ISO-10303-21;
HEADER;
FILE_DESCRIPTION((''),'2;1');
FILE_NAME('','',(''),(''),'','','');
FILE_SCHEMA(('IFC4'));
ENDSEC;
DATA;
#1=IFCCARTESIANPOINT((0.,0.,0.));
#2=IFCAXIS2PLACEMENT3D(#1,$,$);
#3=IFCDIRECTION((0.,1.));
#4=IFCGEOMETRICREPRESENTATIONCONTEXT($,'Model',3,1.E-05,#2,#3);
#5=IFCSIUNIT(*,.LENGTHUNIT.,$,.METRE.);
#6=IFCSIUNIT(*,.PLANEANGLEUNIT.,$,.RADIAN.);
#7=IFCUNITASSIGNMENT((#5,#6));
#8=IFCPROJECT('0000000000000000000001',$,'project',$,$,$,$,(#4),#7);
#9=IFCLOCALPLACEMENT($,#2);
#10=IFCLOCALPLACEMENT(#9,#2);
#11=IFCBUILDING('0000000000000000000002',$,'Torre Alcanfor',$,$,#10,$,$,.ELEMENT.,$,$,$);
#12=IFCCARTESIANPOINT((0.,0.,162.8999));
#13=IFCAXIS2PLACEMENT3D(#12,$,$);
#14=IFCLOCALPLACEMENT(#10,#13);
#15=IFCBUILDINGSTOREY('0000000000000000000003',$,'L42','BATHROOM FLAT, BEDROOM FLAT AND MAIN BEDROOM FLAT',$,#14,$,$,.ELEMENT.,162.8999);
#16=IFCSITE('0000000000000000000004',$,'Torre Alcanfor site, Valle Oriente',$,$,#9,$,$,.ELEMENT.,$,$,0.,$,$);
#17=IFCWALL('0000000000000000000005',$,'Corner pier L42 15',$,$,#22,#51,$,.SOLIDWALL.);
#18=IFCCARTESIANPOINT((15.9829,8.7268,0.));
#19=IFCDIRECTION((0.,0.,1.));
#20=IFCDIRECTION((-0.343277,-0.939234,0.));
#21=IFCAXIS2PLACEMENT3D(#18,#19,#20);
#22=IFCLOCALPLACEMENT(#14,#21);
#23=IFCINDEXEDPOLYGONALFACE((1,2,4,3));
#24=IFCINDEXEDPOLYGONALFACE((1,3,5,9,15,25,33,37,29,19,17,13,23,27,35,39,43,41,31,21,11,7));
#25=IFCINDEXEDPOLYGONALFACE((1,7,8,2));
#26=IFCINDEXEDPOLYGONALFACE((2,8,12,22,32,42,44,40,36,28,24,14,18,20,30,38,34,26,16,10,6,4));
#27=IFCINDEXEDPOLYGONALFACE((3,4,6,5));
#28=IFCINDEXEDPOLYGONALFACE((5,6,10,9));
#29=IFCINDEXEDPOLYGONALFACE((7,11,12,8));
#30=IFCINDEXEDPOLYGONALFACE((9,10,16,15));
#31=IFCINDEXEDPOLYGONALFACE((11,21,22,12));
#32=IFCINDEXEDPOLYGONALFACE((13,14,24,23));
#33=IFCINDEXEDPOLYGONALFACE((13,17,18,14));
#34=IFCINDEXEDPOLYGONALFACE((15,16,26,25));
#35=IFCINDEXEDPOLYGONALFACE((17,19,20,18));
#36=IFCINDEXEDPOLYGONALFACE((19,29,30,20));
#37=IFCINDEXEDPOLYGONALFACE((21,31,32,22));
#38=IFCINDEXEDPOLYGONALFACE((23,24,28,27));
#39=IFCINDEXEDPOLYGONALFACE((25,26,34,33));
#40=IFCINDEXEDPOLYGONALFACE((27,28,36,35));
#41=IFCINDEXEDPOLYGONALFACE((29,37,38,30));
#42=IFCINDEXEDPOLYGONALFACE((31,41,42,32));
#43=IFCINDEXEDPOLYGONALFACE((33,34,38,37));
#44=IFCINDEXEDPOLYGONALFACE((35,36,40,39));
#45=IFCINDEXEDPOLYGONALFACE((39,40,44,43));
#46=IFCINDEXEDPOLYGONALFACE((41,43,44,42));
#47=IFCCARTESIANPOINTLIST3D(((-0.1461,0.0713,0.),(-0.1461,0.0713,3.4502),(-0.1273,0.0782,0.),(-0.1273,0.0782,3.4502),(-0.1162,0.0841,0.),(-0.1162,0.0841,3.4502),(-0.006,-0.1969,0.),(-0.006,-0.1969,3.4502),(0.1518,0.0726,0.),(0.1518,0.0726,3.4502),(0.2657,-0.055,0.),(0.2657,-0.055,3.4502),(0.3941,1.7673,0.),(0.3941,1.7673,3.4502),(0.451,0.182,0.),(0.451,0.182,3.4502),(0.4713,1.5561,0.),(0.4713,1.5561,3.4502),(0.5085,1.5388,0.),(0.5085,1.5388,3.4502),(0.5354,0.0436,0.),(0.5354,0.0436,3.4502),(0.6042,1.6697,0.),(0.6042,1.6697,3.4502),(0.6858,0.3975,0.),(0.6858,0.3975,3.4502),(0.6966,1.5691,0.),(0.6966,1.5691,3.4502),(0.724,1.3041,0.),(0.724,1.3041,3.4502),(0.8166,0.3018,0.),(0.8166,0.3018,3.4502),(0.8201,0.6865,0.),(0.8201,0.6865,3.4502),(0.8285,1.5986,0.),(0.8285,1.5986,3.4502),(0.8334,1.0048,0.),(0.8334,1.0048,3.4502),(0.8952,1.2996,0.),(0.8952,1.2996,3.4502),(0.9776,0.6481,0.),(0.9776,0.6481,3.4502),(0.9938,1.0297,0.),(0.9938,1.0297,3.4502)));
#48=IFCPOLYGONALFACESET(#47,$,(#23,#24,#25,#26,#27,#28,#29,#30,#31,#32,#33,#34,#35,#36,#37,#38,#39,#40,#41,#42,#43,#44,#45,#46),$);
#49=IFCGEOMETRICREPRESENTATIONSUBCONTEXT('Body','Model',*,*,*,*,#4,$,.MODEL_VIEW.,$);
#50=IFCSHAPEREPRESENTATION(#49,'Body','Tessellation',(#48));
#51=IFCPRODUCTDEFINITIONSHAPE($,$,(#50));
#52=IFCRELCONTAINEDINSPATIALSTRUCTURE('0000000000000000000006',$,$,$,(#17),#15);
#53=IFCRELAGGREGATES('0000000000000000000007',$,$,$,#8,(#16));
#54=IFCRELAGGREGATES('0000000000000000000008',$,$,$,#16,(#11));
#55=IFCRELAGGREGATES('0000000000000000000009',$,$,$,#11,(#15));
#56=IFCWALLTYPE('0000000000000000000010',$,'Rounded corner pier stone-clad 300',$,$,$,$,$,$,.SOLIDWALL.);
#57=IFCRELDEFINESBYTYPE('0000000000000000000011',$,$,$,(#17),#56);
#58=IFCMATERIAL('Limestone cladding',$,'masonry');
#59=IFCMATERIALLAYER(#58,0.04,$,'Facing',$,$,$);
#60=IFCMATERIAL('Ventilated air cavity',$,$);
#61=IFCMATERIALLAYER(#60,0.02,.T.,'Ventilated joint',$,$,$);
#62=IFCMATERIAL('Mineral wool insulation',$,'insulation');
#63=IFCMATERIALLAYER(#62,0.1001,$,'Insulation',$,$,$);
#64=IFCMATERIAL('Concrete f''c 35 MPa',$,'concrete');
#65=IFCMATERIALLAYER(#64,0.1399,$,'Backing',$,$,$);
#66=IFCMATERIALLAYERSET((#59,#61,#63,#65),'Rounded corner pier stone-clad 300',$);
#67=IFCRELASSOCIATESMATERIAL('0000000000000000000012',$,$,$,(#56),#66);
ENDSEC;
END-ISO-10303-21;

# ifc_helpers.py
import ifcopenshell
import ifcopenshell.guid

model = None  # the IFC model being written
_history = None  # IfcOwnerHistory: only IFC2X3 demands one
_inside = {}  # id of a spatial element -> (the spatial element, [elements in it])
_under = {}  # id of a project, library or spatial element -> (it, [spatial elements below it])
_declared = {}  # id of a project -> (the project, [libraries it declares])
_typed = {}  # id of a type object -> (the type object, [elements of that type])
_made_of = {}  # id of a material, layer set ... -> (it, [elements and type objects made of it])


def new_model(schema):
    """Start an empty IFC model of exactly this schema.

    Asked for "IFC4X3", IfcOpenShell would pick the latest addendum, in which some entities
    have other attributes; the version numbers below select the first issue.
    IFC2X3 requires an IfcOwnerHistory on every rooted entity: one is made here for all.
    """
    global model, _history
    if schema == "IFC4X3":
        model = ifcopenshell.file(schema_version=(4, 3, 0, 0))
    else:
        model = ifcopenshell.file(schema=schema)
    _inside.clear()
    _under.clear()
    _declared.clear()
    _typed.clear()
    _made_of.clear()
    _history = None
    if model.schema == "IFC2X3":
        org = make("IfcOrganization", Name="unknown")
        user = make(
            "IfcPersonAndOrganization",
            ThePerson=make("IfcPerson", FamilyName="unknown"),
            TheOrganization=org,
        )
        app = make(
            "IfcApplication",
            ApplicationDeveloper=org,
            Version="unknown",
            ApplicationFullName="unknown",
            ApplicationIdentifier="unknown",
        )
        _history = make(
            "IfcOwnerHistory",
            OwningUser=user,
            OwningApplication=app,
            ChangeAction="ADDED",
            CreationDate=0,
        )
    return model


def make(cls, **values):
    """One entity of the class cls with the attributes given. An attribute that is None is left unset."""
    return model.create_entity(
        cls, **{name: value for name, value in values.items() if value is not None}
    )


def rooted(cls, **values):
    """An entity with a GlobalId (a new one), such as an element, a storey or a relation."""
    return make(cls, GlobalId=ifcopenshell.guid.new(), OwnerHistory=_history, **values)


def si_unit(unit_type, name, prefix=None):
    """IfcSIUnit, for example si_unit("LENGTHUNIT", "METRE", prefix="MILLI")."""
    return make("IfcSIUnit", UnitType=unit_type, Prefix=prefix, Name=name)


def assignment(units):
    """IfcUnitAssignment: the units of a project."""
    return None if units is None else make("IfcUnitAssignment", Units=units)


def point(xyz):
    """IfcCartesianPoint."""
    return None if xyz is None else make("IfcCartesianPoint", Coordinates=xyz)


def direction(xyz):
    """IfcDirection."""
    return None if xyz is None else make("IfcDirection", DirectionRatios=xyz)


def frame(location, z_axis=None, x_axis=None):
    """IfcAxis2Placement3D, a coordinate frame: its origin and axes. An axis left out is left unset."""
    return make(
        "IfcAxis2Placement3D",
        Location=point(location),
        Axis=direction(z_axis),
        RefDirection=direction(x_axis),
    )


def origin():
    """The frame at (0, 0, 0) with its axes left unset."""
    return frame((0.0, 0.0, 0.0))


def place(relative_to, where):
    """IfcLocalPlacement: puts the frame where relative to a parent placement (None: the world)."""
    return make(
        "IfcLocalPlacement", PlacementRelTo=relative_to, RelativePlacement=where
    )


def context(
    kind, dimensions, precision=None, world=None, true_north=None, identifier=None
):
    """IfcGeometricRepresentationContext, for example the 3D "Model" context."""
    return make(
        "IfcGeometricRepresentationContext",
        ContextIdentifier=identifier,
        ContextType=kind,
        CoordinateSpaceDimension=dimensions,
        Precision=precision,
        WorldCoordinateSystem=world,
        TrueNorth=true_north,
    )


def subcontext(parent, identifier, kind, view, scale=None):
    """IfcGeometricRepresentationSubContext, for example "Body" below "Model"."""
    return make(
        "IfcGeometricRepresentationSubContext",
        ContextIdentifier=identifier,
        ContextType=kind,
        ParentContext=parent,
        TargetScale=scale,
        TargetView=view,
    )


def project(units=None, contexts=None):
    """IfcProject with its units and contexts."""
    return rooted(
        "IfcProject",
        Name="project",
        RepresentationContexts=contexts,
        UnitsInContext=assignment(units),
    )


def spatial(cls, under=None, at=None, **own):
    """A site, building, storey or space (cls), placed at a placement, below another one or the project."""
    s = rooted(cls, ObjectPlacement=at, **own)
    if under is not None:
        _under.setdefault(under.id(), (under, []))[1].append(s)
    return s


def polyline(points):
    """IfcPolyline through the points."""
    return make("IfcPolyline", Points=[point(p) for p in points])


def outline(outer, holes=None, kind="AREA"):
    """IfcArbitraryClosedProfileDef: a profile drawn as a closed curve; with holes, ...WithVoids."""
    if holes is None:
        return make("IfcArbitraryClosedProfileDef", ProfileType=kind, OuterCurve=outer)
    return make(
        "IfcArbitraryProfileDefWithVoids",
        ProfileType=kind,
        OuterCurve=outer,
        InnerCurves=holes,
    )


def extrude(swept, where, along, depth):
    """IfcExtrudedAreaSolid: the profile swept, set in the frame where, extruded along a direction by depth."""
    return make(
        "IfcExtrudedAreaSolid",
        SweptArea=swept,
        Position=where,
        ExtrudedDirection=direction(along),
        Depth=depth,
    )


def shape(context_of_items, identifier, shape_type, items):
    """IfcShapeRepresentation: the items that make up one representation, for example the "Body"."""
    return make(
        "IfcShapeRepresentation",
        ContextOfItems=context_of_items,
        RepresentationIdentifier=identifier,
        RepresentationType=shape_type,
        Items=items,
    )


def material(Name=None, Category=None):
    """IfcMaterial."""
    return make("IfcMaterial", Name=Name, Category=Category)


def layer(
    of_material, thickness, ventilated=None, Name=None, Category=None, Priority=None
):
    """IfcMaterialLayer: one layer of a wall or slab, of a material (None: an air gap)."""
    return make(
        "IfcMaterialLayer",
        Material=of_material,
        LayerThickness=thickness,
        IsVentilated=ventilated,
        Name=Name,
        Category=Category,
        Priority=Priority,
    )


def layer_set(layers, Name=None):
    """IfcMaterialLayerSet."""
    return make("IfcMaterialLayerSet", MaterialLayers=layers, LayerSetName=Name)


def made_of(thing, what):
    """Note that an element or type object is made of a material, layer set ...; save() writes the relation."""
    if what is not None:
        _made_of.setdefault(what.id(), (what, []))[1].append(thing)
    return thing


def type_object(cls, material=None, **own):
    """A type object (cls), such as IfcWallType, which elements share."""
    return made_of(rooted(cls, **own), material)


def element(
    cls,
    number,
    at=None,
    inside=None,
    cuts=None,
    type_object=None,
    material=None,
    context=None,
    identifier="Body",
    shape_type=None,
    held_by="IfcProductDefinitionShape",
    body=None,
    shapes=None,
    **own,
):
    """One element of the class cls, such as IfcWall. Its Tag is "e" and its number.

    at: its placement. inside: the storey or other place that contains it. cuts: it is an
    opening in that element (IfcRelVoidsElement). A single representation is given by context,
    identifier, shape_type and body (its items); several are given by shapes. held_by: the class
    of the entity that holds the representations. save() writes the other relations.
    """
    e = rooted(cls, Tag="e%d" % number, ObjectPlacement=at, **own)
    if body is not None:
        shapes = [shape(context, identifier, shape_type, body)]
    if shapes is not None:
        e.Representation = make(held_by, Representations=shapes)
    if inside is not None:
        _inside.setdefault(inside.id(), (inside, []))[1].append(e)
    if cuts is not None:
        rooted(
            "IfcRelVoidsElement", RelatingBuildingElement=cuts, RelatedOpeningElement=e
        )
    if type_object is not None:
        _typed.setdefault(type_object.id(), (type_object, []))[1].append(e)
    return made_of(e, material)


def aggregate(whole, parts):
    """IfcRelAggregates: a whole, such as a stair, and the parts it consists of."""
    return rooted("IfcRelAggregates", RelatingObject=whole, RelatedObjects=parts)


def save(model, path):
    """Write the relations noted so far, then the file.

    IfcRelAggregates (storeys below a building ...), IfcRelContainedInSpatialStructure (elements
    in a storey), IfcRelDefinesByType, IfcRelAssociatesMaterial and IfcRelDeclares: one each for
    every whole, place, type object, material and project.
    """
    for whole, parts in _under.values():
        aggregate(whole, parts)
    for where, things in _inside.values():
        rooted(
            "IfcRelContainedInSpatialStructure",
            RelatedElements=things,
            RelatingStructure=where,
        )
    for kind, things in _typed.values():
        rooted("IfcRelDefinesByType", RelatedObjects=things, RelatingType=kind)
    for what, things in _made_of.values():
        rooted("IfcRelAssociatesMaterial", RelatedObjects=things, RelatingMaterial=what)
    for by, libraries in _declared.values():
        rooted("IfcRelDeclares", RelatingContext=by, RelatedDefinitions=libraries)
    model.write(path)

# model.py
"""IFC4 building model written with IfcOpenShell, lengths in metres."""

from ifc_helpers import new_model, si_unit, direction, frame, origin, place, context, subcontext, project, spatial, polyline, outline, extrude, material, layer, layer_set, type_object, element, save


model = new_model("IFC4")

# Units and contexts
model_context = context("Model", 3, precision=1e-05, world=origin(), true_north=direction((0.0, 1.0)))
body_context = subcontext(model_context, "Body", "Model", "MODEL_VIEW")
ifc_project = project(units=[si_unit("LENGTHUNIT", "METRE"), si_unit("PLANEANGLEUNIT", "RADIAN")], contexts=[model_context])

# Site, building, storey
site_placement = place(None, origin())
site = spatial("IfcSite", under=ifc_project, at=site_placement, Name="Torre Alcanfor site, Valle Oriente", CompositionType="ELEMENT", RefElevation=0.0)
building_placement = place(site_placement, origin())
building = spatial("IfcBuilding", under=site, at=building_placement, Name="Torre Alcanfor", CompositionType="ELEMENT")
storey_placement = place(building_placement, frame((0.0, 0.0, 162.8999)))
storey = spatial("IfcBuildingStorey", under=building, at=storey_placement, Name="L42", Description="BATHROOM FLAT, BEDROOM FLAT AND MAIN BEDROOM FLAT", CompositionType="ELEMENT", Elevation=162.8999)

# Wall
ifc_material_1 = material(Name="Limestone cladding", Category="masonry")
ifc_layer_1 = layer(ifc_material_1, 0.04, Name="Facing")
ifc_material_2 = material(Name="Ventilated air cavity")
ifc_layer_2 = layer(ifc_material_2, 0.02, ventilated=True, Name="Ventilated joint")
ifc_material_3 = material(Name="Mineral wool insulation", Category="insulation")
ifc_layer_3 = layer(ifc_material_3, 0.1001, Name="Insulation")
ifc_material_4 = material(Name="Concrete f'c 35 MPa", Category="concrete")
ifc_layer_4 = layer(ifc_material_4, 0.1399, Name="Backing")
ifc_layer_set_1 = layer_set([ifc_layer_1, ifc_layer_2, ifc_layer_3, ifc_layer_4], Name="Rounded corner pier stone-clad 300")
wall_type_1 = type_object("IfcWallType", Name="Rounded corner pier stone-clad 300", PredefinedType="SOLIDWALL", material=ifc_layer_set_1)
wall_1_placement = place(storey_placement, frame((15.9829, 8.7268, 0.0), z_axis=(0.0, 0.0, 1.0), x_axis=(-0.343277, -0.939234, 0.0)))
element("IfcWall", 1, at=wall_1_placement, inside=storey, type_object=wall_type_1, Name="Corner pier L42 15", PredefinedType="SOLIDWALL", context=body_context, shape_type="SweptSolid", body=[
    extrude(outline(polyline([(0.8285, 1.5986), (0.6966, 1.5691), (0.6042, 1.6697), (0.3941, 1.7673), (0.4713, 1.5561), (0.5085, 1.5388), (0.724, 1.3041), (0.8334, 1.0048), (0.8201, 0.6865), (0.6858, 0.3975), (0.451, 0.182), (0.1518, 0.0726), (-0.1162, 0.0841), (-0.1273, 0.0782), (-0.1461, 0.0713), (-0.006, -0.1969), (0.2657, -0.055), (0.5354, 0.0436), (0.8166, 0.3018), (0.9776, 0.6481), (0.9938, 1.0297), (0.8952, 1.2996), (0.8285, 1.5986)])), origin(), (0.0, 0.0, 1.0), 3.4502),
])

save(model, "model.ifc")
